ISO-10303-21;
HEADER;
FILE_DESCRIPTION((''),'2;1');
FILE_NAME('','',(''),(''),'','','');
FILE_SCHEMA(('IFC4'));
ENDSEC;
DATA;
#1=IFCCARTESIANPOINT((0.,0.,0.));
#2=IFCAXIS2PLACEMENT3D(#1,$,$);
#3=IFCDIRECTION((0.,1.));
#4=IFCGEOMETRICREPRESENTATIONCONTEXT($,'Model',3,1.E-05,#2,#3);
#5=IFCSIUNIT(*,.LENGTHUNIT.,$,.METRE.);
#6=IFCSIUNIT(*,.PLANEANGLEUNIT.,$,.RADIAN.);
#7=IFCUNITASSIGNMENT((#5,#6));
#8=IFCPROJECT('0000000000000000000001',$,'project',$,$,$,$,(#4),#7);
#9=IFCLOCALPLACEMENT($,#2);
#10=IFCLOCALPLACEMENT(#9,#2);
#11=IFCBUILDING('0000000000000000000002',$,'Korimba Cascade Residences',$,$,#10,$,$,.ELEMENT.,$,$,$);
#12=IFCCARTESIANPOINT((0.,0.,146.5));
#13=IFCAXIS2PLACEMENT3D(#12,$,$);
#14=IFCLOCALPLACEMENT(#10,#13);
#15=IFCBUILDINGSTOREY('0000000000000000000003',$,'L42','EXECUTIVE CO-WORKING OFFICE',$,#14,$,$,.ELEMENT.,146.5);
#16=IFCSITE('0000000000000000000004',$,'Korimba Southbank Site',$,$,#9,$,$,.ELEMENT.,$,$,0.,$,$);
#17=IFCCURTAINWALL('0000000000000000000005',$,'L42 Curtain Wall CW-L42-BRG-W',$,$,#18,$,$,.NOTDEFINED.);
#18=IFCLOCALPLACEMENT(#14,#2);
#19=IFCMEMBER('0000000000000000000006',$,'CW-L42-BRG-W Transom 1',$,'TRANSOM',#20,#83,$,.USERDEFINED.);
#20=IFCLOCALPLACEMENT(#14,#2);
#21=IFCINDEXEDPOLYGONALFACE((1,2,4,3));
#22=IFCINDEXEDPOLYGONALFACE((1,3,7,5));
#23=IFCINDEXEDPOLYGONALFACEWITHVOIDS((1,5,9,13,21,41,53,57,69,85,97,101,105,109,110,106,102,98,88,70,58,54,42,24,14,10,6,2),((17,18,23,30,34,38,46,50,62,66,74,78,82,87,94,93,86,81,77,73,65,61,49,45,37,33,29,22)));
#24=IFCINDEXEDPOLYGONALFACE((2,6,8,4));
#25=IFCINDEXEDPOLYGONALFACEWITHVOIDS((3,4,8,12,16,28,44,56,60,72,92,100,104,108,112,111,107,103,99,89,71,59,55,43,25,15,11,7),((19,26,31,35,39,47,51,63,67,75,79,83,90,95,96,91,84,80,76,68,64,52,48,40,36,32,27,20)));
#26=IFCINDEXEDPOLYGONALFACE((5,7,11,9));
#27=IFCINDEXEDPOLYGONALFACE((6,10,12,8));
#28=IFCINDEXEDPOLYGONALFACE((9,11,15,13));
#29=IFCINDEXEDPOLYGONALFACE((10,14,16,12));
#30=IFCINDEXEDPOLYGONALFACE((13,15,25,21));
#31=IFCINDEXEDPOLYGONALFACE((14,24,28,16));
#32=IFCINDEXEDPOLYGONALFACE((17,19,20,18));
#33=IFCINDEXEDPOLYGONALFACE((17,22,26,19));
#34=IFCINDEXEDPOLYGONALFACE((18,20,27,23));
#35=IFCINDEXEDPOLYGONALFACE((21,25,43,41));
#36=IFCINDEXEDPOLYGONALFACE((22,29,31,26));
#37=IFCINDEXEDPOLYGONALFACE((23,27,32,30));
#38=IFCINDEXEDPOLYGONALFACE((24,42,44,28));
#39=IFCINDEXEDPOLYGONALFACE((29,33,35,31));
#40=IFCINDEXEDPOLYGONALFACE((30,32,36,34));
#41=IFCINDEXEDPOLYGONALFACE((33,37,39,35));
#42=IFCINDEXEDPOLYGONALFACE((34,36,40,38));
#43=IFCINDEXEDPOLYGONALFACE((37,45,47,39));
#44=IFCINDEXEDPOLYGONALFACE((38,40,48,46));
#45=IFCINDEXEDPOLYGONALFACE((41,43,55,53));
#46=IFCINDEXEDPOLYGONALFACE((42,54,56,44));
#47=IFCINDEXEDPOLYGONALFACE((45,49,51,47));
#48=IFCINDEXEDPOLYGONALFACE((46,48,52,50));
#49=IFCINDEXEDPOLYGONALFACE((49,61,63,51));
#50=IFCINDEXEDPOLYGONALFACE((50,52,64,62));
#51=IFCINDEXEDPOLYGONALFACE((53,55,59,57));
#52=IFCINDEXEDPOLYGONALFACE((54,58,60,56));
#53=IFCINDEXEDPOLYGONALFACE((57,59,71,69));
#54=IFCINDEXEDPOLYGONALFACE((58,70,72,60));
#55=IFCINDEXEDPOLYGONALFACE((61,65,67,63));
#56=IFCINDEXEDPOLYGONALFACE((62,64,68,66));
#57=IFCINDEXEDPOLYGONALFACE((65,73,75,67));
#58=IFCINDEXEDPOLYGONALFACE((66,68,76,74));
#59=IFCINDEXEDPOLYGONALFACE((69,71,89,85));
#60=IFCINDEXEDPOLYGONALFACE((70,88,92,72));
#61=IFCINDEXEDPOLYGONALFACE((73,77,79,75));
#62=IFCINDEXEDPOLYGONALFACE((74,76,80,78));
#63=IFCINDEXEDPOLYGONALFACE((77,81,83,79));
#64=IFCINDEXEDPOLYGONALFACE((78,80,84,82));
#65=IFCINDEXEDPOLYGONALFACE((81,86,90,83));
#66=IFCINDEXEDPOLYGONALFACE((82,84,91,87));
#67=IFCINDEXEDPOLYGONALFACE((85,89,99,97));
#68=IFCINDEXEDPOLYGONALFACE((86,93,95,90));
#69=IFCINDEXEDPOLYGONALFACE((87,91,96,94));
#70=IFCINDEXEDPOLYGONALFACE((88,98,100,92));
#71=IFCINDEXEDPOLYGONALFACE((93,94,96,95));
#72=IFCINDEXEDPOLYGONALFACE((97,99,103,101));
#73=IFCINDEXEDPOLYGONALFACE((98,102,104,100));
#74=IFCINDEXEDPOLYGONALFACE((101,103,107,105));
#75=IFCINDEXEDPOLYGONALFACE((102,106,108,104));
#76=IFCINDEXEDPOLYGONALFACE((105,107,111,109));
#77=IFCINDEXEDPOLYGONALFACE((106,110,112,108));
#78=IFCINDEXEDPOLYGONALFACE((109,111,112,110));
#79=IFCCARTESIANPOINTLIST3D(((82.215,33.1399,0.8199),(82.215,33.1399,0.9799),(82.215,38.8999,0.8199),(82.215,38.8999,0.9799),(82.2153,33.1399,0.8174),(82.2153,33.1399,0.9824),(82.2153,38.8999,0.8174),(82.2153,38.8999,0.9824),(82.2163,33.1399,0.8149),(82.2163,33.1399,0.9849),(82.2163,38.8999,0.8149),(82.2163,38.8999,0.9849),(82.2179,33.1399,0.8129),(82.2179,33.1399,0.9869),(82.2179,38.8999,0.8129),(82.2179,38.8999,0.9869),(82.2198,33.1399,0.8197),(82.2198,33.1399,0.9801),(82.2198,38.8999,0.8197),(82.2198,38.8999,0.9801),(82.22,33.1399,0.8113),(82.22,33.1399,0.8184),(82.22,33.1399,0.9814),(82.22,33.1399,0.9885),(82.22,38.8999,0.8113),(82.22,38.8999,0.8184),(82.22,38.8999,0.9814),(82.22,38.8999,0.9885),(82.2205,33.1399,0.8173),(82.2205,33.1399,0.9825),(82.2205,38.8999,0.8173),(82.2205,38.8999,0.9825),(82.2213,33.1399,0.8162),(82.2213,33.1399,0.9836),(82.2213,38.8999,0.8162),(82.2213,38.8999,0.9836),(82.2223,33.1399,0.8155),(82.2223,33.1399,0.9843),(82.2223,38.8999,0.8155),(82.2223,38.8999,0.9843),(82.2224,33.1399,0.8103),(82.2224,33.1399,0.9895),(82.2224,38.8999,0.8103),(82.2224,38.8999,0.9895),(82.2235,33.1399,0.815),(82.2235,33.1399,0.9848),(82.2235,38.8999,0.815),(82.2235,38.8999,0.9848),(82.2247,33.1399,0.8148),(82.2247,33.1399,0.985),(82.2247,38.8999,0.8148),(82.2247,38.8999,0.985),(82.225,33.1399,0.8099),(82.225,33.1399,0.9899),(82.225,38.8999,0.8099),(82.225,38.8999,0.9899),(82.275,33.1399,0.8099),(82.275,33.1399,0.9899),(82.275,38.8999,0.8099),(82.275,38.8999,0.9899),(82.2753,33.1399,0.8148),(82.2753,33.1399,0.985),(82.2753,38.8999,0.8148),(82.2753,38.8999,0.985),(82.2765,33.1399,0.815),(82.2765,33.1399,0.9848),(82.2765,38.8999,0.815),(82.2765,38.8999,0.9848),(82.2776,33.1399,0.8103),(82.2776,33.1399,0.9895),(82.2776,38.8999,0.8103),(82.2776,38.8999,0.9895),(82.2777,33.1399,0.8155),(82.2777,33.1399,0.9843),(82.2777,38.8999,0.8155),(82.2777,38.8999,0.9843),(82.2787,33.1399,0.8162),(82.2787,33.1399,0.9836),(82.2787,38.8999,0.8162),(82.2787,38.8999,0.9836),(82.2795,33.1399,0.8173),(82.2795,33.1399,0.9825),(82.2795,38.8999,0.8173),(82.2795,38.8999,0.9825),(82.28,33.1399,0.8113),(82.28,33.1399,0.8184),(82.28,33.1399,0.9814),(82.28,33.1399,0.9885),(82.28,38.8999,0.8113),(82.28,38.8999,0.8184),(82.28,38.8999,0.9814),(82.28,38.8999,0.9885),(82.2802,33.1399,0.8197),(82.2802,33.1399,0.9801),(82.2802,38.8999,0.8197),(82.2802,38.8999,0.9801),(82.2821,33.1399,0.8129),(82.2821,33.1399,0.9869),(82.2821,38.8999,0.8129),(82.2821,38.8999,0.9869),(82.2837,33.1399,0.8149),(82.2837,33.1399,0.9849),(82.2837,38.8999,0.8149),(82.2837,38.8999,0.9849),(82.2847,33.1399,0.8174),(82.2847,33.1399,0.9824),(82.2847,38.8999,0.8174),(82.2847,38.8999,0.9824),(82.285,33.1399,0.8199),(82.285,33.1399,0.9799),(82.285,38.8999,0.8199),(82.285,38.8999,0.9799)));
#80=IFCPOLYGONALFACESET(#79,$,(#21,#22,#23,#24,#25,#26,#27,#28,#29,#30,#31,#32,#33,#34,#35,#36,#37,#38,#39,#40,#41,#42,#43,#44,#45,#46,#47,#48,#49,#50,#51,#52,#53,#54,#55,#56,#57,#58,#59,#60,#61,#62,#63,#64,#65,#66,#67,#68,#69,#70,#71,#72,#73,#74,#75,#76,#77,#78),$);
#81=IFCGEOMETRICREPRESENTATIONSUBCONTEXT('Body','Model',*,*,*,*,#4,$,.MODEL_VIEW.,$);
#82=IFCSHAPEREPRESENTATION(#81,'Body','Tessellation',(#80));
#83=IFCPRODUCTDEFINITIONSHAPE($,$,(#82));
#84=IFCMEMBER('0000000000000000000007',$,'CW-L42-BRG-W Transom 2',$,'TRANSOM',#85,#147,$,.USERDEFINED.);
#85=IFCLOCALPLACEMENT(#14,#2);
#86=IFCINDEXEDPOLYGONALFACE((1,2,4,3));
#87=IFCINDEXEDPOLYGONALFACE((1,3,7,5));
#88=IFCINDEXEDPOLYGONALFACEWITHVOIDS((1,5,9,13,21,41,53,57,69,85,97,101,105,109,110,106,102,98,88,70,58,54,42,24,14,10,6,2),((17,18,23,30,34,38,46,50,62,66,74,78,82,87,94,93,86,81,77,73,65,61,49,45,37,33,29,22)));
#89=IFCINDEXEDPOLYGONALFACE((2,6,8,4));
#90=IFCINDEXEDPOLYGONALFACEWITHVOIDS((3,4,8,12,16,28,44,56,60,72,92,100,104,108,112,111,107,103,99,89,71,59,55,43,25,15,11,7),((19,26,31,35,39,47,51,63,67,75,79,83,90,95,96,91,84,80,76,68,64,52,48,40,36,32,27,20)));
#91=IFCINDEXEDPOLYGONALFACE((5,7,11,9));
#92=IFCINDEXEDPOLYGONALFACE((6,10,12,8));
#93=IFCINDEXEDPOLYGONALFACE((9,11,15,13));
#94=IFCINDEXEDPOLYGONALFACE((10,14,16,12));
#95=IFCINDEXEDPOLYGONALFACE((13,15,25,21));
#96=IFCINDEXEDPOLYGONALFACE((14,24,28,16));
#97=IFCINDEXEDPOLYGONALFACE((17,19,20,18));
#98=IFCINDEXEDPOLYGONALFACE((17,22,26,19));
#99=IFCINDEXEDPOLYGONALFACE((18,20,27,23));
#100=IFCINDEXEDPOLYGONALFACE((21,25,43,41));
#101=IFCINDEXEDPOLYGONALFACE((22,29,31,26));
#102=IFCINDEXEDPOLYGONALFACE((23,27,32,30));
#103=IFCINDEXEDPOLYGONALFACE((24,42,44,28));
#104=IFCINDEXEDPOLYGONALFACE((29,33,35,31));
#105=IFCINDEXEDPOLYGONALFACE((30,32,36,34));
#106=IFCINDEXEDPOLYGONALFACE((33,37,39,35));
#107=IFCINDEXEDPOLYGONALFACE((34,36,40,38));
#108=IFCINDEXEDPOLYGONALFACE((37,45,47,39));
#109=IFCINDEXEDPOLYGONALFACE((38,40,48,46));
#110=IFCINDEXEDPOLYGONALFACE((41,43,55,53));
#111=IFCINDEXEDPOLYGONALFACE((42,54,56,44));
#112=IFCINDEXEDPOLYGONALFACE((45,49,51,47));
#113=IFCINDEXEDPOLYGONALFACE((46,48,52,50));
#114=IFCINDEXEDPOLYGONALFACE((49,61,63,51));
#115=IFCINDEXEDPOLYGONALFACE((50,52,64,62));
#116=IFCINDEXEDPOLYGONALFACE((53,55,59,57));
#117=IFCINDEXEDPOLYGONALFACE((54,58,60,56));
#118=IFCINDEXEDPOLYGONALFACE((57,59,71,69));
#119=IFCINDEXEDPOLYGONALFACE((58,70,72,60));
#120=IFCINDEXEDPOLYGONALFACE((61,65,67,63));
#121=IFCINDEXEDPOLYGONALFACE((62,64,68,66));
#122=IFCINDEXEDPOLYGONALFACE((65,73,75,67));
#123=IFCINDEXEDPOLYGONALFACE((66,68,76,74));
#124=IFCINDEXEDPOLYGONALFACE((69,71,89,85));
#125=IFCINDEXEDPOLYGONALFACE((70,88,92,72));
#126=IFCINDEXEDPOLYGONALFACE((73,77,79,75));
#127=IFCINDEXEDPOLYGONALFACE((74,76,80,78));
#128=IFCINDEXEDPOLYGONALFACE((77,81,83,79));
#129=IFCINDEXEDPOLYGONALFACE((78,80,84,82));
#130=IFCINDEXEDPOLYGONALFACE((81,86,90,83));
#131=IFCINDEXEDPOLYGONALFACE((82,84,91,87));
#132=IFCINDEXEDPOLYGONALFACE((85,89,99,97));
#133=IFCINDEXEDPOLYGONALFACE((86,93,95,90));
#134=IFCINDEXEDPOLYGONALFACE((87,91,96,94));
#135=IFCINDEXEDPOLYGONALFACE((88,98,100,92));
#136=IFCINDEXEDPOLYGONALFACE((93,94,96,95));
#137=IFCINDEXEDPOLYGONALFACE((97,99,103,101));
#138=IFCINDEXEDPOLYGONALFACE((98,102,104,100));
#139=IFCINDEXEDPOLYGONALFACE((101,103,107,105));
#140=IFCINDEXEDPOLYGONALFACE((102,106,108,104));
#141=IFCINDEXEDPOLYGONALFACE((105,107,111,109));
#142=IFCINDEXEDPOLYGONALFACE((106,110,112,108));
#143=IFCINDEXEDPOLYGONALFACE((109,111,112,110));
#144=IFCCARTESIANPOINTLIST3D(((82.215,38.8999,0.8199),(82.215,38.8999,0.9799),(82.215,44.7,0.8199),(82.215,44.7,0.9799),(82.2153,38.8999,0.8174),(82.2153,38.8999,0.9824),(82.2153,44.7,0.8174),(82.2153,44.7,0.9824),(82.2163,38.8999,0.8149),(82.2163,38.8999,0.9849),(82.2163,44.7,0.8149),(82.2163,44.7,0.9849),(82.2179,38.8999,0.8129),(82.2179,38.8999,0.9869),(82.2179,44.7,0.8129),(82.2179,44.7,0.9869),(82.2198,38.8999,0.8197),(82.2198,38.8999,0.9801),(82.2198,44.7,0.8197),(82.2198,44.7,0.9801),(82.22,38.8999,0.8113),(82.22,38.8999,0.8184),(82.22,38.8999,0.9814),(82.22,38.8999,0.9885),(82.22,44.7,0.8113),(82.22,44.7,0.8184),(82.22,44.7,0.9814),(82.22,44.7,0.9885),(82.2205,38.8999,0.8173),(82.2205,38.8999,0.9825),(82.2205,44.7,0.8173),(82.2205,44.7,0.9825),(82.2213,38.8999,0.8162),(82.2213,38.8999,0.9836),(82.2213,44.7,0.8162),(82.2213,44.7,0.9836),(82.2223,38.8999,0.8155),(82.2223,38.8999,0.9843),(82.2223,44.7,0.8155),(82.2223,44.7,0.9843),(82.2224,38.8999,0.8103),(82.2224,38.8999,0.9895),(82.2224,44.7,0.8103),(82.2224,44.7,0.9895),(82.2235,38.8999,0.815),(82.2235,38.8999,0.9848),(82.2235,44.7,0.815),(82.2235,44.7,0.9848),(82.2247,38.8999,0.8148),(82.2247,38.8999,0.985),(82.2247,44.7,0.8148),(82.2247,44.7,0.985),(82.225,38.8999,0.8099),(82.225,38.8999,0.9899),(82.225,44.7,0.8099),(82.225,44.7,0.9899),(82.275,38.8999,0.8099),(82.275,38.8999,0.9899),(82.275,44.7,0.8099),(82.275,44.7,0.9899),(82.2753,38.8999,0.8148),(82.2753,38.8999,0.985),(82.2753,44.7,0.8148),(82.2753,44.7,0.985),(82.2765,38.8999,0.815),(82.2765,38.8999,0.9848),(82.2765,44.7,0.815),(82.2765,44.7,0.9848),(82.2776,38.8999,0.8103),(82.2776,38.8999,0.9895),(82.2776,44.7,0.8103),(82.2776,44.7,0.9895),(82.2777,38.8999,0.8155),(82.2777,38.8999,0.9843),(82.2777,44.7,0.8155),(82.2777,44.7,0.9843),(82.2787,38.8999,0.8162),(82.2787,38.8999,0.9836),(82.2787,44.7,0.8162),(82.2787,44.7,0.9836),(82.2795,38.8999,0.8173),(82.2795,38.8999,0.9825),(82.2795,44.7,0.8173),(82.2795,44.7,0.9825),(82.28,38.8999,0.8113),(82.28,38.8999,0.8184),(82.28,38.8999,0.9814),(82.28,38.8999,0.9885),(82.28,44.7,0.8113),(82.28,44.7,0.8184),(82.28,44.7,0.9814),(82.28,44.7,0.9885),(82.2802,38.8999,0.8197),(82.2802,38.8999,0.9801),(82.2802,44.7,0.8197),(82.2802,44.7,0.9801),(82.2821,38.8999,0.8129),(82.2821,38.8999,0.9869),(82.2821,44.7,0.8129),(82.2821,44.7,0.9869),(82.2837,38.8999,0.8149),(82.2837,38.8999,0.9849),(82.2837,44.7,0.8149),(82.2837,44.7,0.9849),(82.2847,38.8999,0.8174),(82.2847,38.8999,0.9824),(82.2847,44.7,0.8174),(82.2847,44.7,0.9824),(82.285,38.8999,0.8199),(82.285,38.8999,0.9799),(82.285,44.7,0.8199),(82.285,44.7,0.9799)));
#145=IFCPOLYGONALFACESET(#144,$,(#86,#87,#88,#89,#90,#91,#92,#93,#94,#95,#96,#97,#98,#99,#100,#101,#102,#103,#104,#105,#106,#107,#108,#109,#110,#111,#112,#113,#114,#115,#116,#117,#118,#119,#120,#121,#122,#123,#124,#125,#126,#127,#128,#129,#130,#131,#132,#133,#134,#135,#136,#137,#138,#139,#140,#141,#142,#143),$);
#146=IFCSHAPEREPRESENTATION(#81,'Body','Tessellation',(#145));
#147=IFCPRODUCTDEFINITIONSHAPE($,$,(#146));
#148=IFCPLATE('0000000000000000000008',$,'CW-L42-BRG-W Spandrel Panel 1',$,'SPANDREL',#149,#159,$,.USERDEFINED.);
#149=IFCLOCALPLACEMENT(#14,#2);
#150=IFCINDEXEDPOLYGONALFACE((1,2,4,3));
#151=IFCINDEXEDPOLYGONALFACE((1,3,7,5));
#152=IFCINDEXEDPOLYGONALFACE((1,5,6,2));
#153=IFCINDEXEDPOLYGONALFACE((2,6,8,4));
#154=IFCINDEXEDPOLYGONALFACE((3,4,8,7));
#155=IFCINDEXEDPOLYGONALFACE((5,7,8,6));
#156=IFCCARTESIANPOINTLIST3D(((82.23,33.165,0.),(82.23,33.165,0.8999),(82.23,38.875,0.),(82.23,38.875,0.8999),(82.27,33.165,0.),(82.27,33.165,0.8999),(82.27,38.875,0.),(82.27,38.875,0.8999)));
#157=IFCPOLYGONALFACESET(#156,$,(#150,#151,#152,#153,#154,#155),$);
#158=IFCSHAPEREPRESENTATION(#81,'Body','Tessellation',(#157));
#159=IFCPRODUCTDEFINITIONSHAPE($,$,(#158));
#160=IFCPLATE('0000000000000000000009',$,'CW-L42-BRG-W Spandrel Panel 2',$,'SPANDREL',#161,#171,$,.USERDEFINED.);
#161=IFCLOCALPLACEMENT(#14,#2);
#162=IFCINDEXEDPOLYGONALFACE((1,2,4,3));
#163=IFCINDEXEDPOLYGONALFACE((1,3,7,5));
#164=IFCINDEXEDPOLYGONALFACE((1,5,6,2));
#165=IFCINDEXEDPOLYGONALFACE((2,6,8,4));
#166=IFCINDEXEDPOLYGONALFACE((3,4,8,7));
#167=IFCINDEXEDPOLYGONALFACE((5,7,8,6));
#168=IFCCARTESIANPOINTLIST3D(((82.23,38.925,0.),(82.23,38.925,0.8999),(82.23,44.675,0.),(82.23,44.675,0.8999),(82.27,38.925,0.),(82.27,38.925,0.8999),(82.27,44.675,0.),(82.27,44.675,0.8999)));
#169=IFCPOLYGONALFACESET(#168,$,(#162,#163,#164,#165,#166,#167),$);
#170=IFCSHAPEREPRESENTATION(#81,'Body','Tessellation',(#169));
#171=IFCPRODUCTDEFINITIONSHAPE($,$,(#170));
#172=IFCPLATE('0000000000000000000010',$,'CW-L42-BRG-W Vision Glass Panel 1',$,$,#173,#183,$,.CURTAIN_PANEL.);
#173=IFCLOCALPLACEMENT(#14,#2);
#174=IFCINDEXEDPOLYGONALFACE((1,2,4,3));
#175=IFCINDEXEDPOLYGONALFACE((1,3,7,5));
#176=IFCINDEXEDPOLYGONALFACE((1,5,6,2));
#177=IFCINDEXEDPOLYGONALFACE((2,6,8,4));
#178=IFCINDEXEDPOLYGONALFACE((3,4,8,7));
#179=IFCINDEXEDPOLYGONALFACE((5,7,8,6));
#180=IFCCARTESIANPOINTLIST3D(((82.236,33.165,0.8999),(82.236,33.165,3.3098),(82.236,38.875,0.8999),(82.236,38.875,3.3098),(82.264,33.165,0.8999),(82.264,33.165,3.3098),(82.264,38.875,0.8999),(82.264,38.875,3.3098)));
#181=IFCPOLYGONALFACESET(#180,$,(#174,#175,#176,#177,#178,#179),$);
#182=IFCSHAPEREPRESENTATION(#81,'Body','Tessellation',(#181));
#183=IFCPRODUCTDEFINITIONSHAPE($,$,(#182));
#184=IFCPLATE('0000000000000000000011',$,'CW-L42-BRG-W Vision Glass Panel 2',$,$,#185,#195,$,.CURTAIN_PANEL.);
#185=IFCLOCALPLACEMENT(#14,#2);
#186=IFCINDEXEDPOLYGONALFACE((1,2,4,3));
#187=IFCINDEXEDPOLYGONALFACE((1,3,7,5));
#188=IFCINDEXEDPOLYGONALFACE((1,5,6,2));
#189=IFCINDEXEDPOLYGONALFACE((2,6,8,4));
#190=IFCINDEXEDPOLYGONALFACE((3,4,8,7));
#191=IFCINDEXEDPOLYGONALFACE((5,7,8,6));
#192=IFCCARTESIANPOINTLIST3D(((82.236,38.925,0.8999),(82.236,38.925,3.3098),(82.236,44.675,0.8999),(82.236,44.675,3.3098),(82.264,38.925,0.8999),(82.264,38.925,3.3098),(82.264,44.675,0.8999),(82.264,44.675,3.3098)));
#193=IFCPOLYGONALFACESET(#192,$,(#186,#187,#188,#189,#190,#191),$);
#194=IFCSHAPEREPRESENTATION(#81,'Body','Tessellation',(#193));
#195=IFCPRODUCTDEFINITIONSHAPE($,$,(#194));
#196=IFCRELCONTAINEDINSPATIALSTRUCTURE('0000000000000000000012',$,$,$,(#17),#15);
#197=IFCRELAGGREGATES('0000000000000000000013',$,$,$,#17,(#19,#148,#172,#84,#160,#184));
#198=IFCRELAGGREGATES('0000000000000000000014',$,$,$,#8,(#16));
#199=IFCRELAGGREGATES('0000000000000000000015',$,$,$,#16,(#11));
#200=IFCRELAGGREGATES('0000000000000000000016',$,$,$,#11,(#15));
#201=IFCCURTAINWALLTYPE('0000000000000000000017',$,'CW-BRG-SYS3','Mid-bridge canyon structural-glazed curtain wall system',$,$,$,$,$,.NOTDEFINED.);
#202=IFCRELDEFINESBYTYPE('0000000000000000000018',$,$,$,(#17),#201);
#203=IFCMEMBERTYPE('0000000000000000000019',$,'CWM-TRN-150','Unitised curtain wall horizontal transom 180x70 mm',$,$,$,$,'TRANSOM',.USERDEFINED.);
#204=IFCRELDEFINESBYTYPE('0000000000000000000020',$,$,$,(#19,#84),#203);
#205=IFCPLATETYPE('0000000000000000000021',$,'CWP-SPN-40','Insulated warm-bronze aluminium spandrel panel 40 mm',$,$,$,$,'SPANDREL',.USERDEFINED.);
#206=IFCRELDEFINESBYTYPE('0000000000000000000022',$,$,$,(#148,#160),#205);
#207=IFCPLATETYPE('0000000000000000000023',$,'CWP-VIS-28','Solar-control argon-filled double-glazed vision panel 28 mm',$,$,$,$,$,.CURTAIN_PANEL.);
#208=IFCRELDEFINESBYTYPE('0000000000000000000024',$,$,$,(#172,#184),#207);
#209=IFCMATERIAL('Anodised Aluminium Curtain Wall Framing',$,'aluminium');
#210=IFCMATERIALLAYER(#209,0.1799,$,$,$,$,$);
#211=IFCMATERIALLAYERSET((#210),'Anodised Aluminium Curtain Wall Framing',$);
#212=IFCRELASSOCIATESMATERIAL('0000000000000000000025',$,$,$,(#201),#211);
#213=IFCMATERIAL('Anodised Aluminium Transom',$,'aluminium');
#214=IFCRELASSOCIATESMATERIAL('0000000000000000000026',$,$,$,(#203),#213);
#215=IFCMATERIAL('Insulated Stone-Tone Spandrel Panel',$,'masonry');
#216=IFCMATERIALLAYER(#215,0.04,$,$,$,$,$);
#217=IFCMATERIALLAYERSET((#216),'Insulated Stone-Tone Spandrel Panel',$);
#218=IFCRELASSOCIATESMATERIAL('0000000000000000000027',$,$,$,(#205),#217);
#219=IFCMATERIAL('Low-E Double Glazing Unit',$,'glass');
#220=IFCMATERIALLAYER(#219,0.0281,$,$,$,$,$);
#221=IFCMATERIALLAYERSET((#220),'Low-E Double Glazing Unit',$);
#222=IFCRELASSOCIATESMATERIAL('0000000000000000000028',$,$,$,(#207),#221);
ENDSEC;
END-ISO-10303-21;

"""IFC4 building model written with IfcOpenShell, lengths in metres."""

from ifc_helpers import new_model, si_unit, direction, frame, origin, origin_2d, place, context, subcontext, project, spatial, rectangle, hollow_rectangle, extrude, material, layer, layer_set, material_profile, profile_set, type_object, element, aggregate, save


model = new_model("IFC4")

# Units and contexts
model_context = context("Model", 3, precision=1e-05, world=origin(), true_north=direction((0.0, 1.0)))
body_context = subcontext(model_context, "Body", "Model", "MODEL_VIEW")
ifc_project = project(units=[si_unit("LENGTHUNIT", "METRE"), si_unit("PLANEANGLEUNIT", "RADIAN")], contexts=[model_context])

# Site, building, storey
site_placement = place(None, origin())
site = spatial("IfcSite", under=ifc_project, at=site_placement, Name="Korimba Southbank Site", CompositionType="ELEMENT", RefElevation=0.0)
building_placement = place(site_placement, origin())
building = spatial("IfcBuilding", under=site, at=building_placement, Name="Korimba Cascade Residences", CompositionType="ELEMENT")
storey_placement = place(building_placement, frame((0.0, 0.0, 146.5)))
storey = spatial("IfcBuildingStorey", under=building, at=storey_placement, Name="L42", Description="EXECUTIVE CO-WORKING OFFICE", CompositionType="ELEMENT", Elevation=146.5)

# Curtain wall, members, plates
ifc_material_1 = material(Name="Anodised Aluminium Curtain Wall Framing", Category="aluminium")
ifc_layer_1 = layer(ifc_material_1, 0.1799)
ifc_layer_set_1 = layer_set([ifc_layer_1], Name="Anodised Aluminium Curtain Wall Framing")
curtain_wall_type = type_object("IfcCurtainWallType", Name="CW-BRG-SYS3", Description="Mid-bridge canyon structural-glazed curtain wall system", PredefinedType="NOTDEFINED", material=ifc_layer_set_1)
curtain_wall_placement = place(storey_placement, origin())
curtain_wall = element("IfcCurtainWall", 1, at=curtain_wall_placement, inside=storey, type_object=curtain_wall_type, Name="L42 Curtain Wall CW-L42-BRG-W", PredefinedType="NOTDEFINED")
ifc_material_2 = material(Name="Anodised Aluminium Transom", Category="aluminium")
ifc_material_profile_1 = material_profile(ifc_material_2, hollow_rectangle(XDim=0.0701, YDim=0.1799, WallThickness=0.0049, InnerFilletRadius=0.0049, OuterFilletRadius=0.01, at=origin_2d()), Name="Anodised Aluminium Transom")
ifc_profile_set_1 = profile_set([ifc_material_profile_1], Name="Anodised Aluminium Transom")
member_type_1 = type_object("IfcMemberType", Name="CWM-TRN-150", Description="Unitised curtain wall horizontal transom 180x70 mm", ElementType="TRANSOM", PredefinedType="USERDEFINED", material=ifc_profile_set_1)
member_1_placement = place(storey_placement, frame((82.25, 33.1399, 0.8999), z_axis=(0.0, 1.0, 0.0), x_axis=(-1.0, 0.0, 0.0)))
member_1 = element("IfcMember", 2, at=member_1_placement, type_object=member_type_1, Name="CW-L42-BRG-W Transom 1", ObjectType="TRANSOM", PredefinedType="USERDEFINED", context=body_context, shape_type="SweptSolid", body=[
    extrude(hollow_rectangle(XDim=0.0701, YDim=0.1799, WallThickness=0.0049, InnerFilletRadius=0.0049, OuterFilletRadius=0.01, at=origin_2d()), origin(), (0.0, 0.0, 1.0), 5.76),
])
member_2_placement = place(storey_placement, frame((82.25, 38.8999, 0.8999), z_axis=(0.0, 1.0, 0.0), x_axis=(-1.0, 0.0, 0.0)))
member_2 = element("IfcMember", 3, at=member_2_placement, type_object=member_type_1, Name="CW-L42-BRG-W Transom 2", ObjectType="TRANSOM", PredefinedType="USERDEFINED", context=body_context, shape_type="SweptSolid", body=[
    extrude(hollow_rectangle(XDim=0.0701, YDim=0.1799, WallThickness=0.0049, InnerFilletRadius=0.0049, OuterFilletRadius=0.01, at=origin_2d()), origin(), (0.0, 0.0, 1.0), 5.8),
])
ifc_material_3 = material(Name="Insulated Stone-Tone Spandrel Panel", Category="masonry")
ifc_layer_2 = layer(ifc_material_3, 0.04)
ifc_layer_set_2 = layer_set([ifc_layer_2], Name="Insulated Stone-Tone Spandrel Panel")
plate_type_1 = type_object("IfcPlateType", Name="CWP-SPN-40", Description="Insulated warm-bronze aluminium spandrel panel 40 mm", ElementType="SPANDREL", PredefinedType="USERDEFINED", material=ifc_layer_set_2)
plate_1_placement = place(storey_placement, frame((82.25, 36.02, 0.0), z_axis=(0.0, 0.0, 1.0), x_axis=(0.0, 1.0, 0.0)))
plate_1 = element("IfcPlate", 4, at=plate_1_placement, type_object=plate_type_1, Name="CW-L42-BRG-W Spandrel Panel 1", ObjectType="SPANDREL", PredefinedType="USERDEFINED", context=body_context, shape_type="SweptSolid", body=[
    extrude(rectangle(XDim=5.71, YDim=0.04, at=origin_2d()), origin(), (0.0, 0.0, 1.0), 0.8999),
])
plate_2_placement = place(storey_placement, frame((82.25, 41.8, 0.0), z_axis=(0.0, 0.0, 1.0), x_axis=(0.0, 1.0, 0.0)))
plate_2 = element("IfcPlate", 5, at=plate_2_placement, type_object=plate_type_1, Name="CW-L42-BRG-W Spandrel Panel 2", ObjectType="SPANDREL", PredefinedType="USERDEFINED", context=body_context, shape_type="SweptSolid", body=[
    extrude(rectangle(XDim=5.75, YDim=0.04, at=origin_2d()), origin(), (0.0, 0.0, 1.0), 0.8999),
])
ifc_material_4 = material(Name="Low-E Double Glazing Unit", Category="glass")
ifc_layer_3 = layer(ifc_material_4, 0.0281)
ifc_layer_set_3 = layer_set([ifc_layer_3], Name="Low-E Double Glazing Unit")
plate_type_2 = type_object("IfcPlateType", Name="CWP-VIS-28", Description="Solar-control argon-filled double-glazed vision panel 28 mm", PredefinedType="CURTAIN_PANEL", material=ifc_layer_set_3)
plate_3_placement = place(storey_placement, frame((82.25, 36.02, 0.8999), z_axis=(0.0, 0.0, 1.0), x_axis=(0.0, 1.0, 0.0)))
plate_3 = element("IfcPlate", 6, at=plate_3_placement, type_object=plate_type_2, Name="CW-L42-BRG-W Vision Glass Panel 1", PredefinedType="CURTAIN_PANEL", context=body_context, shape_type="SweptSolid", body=[
    extrude(rectangle(XDim=5.71, YDim=0.0281, at=origin_2d()), origin(), (0.0, 0.0, 1.0), 2.4099),
])
plate_4_placement = place(storey_placement, frame((82.25, 41.8, 0.8999), z_axis=(0.0, 0.0, 1.0), x_axis=(0.0, 1.0, 0.0)))
plate_4 = element("IfcPlate", 7, at=plate_4_placement, type_object=plate_type_2, Name="CW-L42-BRG-W Vision Glass Panel 2", PredefinedType="CURTAIN_PANEL", context=body_context, shape_type="SweptSolid", body=[
    extrude(rectangle(XDim=5.75, YDim=0.0281, at=origin_2d()), origin(), (0.0, 0.0, 1.0), 2.4099),
])
aggregate(curtain_wall, [member_1, plate_1, plate_3, member_2, plate_2, plate_4])

save(model, "model.ifc")
